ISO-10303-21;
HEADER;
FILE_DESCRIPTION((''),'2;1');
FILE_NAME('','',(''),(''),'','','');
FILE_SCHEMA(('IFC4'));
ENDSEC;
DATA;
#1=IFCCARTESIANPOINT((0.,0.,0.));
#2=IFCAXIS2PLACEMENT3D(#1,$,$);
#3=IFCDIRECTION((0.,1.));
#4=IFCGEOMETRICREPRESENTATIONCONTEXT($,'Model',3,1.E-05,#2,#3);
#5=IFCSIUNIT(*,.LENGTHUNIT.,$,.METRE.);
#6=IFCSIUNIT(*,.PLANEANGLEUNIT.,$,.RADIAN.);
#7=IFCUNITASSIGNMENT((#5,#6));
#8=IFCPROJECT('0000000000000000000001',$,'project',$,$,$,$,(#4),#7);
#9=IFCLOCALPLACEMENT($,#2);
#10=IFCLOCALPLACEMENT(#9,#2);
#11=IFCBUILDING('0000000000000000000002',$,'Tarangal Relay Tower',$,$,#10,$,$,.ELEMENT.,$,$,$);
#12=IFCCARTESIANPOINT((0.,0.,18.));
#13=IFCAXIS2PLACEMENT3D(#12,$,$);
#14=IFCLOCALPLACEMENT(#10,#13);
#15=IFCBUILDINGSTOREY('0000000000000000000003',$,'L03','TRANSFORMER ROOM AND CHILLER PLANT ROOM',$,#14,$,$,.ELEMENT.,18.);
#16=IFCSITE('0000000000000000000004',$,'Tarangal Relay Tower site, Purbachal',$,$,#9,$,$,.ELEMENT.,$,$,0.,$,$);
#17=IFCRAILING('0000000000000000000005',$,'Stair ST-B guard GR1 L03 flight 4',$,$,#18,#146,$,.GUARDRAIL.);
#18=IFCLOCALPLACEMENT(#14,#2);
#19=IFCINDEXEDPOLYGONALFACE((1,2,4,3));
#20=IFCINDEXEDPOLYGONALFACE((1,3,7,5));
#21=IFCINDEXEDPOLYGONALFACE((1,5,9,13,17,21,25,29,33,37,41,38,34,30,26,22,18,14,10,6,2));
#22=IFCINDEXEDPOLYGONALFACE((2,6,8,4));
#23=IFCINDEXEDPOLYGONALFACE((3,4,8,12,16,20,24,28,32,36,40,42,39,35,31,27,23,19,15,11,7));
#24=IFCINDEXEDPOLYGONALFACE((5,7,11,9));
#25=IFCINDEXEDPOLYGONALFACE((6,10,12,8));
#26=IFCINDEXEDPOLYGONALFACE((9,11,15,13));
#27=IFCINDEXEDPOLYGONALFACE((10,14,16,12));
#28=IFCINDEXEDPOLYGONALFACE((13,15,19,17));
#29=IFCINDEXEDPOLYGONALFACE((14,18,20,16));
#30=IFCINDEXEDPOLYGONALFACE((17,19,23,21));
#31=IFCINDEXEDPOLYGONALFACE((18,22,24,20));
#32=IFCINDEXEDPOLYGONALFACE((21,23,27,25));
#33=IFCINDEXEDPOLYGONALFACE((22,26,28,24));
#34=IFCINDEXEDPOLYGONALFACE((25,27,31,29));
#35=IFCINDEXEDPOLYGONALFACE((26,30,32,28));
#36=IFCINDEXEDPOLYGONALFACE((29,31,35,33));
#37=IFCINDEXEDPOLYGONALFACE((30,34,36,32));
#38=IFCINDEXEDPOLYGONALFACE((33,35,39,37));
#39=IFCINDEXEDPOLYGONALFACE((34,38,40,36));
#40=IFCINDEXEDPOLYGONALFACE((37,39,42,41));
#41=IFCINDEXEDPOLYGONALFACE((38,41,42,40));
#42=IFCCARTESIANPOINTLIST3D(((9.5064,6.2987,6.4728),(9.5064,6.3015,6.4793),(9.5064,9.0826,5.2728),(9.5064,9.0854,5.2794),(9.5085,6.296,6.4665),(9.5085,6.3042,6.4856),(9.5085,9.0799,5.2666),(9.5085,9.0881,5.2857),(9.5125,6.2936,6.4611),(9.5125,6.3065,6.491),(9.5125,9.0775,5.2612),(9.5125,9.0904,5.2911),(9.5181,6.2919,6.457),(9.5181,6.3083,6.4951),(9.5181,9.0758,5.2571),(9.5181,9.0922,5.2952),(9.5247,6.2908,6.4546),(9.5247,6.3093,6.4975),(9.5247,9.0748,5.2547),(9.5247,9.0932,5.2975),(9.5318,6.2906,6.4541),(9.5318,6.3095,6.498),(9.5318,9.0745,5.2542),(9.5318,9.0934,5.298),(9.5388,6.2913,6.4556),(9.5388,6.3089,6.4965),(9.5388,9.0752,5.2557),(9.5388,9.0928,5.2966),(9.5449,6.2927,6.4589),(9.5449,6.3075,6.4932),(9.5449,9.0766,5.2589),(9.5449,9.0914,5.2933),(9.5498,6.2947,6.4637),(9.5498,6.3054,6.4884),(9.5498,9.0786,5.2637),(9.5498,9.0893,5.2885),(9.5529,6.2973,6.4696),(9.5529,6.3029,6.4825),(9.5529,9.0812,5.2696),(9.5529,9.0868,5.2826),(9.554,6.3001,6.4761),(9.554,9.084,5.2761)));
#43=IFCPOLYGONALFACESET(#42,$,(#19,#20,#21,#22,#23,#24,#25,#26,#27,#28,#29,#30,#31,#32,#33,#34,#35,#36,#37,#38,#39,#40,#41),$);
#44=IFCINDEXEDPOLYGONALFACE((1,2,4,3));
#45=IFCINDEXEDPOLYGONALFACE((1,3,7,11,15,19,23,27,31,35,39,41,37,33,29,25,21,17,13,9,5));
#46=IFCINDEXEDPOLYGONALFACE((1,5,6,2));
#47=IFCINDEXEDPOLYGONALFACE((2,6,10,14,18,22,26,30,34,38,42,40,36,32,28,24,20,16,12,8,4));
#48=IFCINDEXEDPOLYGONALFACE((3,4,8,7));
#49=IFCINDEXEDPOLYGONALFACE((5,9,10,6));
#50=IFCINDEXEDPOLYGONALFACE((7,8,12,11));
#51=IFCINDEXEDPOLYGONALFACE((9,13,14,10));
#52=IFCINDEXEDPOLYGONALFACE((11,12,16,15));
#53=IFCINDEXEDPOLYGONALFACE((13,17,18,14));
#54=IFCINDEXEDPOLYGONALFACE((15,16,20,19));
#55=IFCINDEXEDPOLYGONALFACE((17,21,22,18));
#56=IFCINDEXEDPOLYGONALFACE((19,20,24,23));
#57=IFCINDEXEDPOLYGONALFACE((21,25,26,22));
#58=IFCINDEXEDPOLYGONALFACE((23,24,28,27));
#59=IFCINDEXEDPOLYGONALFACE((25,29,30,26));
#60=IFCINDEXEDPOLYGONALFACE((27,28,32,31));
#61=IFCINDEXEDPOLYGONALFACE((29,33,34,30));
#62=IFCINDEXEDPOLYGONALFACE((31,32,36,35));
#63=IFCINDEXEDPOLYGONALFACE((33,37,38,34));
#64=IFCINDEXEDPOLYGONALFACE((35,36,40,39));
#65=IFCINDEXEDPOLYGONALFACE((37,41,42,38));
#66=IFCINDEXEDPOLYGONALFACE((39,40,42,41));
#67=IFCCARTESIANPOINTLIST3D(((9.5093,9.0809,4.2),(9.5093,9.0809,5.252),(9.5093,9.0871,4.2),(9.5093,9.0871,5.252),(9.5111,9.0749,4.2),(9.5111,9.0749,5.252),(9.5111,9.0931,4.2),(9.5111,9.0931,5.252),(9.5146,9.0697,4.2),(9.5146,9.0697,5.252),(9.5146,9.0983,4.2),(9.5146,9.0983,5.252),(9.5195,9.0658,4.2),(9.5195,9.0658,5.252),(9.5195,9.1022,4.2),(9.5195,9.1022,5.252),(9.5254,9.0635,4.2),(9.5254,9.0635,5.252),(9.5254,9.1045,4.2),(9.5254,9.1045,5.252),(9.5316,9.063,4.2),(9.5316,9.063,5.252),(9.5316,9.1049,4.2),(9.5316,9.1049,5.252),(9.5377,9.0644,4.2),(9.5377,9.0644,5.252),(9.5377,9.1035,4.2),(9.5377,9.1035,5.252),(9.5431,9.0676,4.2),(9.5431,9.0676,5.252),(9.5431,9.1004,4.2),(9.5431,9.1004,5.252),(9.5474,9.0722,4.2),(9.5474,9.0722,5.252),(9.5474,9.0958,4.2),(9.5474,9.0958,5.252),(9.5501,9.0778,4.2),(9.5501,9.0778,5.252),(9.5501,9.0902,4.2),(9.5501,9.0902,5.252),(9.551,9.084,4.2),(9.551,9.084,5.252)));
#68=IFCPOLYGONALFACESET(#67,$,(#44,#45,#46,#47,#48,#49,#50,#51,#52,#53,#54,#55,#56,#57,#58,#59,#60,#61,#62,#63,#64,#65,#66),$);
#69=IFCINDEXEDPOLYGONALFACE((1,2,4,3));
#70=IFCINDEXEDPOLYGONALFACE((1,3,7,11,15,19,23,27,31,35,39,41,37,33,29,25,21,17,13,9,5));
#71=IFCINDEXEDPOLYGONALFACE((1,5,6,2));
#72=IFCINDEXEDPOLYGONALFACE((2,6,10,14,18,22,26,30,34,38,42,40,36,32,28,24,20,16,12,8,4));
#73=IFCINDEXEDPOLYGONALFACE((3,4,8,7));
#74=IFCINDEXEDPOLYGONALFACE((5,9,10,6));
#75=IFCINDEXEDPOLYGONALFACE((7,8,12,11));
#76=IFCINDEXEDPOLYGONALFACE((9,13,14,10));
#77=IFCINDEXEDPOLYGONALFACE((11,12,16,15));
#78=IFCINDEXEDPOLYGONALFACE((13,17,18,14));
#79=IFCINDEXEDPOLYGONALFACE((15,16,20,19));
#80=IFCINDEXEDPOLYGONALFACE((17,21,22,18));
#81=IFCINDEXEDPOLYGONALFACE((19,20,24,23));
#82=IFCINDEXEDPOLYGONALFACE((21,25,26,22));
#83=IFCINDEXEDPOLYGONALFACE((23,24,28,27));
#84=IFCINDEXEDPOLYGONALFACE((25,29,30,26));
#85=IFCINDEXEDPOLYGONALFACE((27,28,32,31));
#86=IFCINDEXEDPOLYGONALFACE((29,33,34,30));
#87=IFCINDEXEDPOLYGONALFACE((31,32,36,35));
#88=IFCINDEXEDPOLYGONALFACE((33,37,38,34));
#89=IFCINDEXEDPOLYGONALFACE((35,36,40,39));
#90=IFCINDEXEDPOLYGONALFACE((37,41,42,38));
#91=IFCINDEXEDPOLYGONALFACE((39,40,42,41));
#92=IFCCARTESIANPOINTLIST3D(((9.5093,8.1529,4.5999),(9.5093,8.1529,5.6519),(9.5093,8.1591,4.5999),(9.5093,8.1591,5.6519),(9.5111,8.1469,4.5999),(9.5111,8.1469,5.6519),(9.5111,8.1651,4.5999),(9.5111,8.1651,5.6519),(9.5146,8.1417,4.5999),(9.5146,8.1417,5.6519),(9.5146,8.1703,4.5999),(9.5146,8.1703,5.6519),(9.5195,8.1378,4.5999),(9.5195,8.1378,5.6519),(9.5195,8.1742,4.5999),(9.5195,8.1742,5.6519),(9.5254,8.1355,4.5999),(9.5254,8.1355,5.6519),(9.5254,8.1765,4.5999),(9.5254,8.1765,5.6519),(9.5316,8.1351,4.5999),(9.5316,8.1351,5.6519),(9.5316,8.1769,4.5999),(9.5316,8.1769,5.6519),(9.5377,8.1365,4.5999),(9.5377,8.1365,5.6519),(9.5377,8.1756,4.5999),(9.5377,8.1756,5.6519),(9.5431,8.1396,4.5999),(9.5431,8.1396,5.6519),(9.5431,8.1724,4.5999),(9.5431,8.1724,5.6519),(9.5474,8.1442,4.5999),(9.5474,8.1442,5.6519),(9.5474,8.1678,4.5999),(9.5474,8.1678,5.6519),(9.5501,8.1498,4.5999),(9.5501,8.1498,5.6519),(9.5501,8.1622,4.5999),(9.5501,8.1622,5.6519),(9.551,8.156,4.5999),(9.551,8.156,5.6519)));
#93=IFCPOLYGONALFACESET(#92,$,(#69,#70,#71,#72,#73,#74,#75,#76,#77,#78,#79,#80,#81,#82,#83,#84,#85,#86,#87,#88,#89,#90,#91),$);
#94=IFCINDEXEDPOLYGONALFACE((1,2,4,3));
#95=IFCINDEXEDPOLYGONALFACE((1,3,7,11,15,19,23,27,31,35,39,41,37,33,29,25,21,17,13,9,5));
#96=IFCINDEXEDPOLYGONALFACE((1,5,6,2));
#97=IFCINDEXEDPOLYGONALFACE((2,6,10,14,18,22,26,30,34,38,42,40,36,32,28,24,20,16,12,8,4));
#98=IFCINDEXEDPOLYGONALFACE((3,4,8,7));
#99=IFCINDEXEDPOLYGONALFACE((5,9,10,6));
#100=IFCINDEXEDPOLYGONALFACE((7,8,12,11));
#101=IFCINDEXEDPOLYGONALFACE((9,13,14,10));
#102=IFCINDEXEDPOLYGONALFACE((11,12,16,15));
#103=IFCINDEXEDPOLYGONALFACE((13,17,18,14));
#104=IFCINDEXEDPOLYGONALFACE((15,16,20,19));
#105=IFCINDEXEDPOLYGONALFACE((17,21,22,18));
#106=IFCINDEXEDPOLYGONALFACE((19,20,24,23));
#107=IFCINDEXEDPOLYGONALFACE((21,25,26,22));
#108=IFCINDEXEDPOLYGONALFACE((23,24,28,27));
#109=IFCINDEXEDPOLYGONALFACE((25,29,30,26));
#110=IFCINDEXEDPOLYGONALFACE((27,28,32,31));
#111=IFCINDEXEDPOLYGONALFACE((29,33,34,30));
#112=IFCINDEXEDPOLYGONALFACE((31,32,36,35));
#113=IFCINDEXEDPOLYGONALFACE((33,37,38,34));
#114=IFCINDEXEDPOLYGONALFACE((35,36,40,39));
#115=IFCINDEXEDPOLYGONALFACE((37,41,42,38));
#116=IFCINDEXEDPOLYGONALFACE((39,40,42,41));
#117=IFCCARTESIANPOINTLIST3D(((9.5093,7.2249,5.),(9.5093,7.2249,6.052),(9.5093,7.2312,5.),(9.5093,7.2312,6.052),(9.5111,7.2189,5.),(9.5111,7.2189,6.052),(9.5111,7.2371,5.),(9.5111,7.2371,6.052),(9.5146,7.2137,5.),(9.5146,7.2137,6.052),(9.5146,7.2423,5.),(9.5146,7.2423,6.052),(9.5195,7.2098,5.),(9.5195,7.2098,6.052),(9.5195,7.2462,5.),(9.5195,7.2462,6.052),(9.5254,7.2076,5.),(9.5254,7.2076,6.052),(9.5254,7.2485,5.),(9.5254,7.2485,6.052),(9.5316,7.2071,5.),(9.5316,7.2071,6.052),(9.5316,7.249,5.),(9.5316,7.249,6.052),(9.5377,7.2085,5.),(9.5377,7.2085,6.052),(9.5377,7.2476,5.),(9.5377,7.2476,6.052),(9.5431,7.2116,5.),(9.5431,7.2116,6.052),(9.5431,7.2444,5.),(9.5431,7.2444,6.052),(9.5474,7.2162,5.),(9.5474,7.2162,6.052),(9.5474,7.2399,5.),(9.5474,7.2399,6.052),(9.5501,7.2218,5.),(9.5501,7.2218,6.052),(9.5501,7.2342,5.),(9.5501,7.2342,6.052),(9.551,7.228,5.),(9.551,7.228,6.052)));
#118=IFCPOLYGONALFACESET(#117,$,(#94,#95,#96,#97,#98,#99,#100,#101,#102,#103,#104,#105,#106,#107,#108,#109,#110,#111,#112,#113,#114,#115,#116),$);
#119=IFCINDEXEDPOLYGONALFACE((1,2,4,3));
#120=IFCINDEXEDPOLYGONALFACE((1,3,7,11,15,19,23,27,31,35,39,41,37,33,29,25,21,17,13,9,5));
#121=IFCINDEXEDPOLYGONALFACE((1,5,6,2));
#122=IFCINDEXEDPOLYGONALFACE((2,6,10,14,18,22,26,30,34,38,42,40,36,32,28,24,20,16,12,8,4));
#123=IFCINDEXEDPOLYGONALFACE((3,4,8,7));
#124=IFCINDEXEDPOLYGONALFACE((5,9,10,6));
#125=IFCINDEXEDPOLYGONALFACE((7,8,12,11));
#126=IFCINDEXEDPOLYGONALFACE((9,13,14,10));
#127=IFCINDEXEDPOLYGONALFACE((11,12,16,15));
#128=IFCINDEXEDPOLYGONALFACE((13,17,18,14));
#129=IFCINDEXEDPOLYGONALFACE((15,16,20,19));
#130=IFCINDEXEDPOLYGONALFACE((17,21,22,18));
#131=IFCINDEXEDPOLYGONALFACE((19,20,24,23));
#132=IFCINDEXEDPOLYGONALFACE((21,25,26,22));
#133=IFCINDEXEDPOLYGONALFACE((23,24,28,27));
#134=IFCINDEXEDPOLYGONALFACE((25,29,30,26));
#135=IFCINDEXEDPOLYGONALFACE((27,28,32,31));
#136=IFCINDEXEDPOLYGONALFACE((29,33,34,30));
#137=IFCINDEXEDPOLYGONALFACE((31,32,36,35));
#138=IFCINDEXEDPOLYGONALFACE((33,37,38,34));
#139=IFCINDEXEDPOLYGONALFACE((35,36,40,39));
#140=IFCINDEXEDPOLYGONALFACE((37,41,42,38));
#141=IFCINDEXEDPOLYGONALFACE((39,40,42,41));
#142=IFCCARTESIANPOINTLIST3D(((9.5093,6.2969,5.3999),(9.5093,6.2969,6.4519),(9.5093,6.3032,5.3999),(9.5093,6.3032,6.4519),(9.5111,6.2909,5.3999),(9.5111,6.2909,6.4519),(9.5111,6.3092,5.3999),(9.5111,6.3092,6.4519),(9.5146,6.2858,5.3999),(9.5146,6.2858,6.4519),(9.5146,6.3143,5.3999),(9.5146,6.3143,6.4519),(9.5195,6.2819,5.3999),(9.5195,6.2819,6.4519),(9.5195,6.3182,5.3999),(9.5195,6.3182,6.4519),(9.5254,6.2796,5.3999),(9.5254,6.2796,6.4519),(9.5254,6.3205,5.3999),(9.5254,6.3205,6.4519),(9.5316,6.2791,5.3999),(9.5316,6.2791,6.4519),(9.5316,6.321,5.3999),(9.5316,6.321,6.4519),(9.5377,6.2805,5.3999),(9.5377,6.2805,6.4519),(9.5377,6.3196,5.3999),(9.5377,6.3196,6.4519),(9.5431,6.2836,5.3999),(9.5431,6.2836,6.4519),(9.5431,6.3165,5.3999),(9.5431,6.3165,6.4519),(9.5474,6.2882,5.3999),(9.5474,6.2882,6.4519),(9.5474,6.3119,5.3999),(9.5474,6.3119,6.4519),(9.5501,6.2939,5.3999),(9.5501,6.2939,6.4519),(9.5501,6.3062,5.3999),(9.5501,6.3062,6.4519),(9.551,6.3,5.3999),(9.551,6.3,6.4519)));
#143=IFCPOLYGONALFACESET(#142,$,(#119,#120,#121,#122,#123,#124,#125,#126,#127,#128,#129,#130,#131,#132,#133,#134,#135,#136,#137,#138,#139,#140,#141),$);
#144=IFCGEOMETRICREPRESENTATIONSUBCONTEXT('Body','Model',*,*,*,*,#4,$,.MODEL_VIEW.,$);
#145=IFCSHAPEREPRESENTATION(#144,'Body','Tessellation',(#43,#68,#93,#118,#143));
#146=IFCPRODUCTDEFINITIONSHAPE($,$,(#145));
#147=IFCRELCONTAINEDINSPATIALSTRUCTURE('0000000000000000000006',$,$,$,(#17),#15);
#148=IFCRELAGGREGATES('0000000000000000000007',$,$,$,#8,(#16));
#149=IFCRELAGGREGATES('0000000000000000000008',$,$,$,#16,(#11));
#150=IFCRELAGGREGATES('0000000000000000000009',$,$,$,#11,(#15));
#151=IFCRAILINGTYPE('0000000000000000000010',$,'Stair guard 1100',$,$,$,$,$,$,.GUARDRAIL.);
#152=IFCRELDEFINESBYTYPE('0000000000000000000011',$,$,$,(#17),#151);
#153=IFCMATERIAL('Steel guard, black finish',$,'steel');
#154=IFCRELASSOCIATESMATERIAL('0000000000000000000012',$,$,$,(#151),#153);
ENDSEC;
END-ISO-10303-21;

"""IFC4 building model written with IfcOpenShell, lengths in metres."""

from ifc_helpers import new_model, si_unit, direction, frame, origin, origin_2d, place, context, subcontext, project, spatial, circle, extrude, material, type_object, element, save


model = new_model("IFC4")

# Units and contexts
model_context = context("Model", 3, precision=1e-05, world=origin(), true_north=direction((0.0, 1.0)))
body_context = subcontext(model_context, "Body", "Model", "MODEL_VIEW")
ifc_project = project(units=[si_unit("LENGTHUNIT", "METRE"), si_unit("PLANEANGLEUNIT", "RADIAN")], contexts=[model_context])

# Site, building, storey
site_placement = place(None, origin())
site = spatial("IfcSite", under=ifc_project, at=site_placement, Name="Tarangal Relay Tower site, Purbachal", CompositionType="ELEMENT", RefElevation=0.0)
building_placement = place(site_placement, origin())
building = spatial("IfcBuilding", under=site, at=building_placement, Name="Tarangal Relay Tower", CompositionType="ELEMENT")
storey_placement = place(building_placement, frame((0.0, 0.0, 18.0)))
storey = spatial("IfcBuildingStorey", under=building, at=storey_placement, Name="L03", Description="TRANSFORMER ROOM AND CHILLER PLANT ROOM", CompositionType="ELEMENT", Elevation=18.0)

# Railing
ifc_material_1 = material(Name="Steel guard, black finish", Category="steel")
railing_type_1 = type_object("IfcRailingType", Name="Stair guard 1100", PredefinedType="GUARDRAIL", material=ifc_material_1)
for number, where, name in (
    (1, (9.53, 9.084, 4.2), "Stair ST-B guard GR1 L03 flight 4"),
):
    element("IfcRailing", number, at=place(storey_placement, frame(where)), inside=storey, type_object=railing_type_1, Name=name, PredefinedType="GUARDRAIL", context=body_context, shape_type="SweptSolid", body=[
        extrude(circle(Radius=0.0239, at=origin_2d()), frame((0.0, 0.0, 1.0762), z_axis=(0.0, -0.918327, 0.395823), x_axis=(1.0, 0.0, 0.0)), (0.0, 0.0, 1.0), 3.0315),
        extrude(circle(Radius=0.021, at=origin_2d()), origin(), (0.0, 0.0, 1.0), 1.052),
        extrude(circle(Radius=0.021, at=origin_2d()), frame((0.0, -0.928, 0.3999)), (0.0, 0.0, 1.0), 1.052),
        extrude(circle(Radius=0.021, at=origin_2d()), frame((0.0, -1.856, 0.8)), (0.0, 0.0, 1.0), 1.052),
        extrude(circle(Radius=0.021, at=origin_2d()), frame((0.0, -2.7839, 1.2)), (0.0, 0.0, 1.0), 1.052),
    ])

save(model, "model.ifc")
